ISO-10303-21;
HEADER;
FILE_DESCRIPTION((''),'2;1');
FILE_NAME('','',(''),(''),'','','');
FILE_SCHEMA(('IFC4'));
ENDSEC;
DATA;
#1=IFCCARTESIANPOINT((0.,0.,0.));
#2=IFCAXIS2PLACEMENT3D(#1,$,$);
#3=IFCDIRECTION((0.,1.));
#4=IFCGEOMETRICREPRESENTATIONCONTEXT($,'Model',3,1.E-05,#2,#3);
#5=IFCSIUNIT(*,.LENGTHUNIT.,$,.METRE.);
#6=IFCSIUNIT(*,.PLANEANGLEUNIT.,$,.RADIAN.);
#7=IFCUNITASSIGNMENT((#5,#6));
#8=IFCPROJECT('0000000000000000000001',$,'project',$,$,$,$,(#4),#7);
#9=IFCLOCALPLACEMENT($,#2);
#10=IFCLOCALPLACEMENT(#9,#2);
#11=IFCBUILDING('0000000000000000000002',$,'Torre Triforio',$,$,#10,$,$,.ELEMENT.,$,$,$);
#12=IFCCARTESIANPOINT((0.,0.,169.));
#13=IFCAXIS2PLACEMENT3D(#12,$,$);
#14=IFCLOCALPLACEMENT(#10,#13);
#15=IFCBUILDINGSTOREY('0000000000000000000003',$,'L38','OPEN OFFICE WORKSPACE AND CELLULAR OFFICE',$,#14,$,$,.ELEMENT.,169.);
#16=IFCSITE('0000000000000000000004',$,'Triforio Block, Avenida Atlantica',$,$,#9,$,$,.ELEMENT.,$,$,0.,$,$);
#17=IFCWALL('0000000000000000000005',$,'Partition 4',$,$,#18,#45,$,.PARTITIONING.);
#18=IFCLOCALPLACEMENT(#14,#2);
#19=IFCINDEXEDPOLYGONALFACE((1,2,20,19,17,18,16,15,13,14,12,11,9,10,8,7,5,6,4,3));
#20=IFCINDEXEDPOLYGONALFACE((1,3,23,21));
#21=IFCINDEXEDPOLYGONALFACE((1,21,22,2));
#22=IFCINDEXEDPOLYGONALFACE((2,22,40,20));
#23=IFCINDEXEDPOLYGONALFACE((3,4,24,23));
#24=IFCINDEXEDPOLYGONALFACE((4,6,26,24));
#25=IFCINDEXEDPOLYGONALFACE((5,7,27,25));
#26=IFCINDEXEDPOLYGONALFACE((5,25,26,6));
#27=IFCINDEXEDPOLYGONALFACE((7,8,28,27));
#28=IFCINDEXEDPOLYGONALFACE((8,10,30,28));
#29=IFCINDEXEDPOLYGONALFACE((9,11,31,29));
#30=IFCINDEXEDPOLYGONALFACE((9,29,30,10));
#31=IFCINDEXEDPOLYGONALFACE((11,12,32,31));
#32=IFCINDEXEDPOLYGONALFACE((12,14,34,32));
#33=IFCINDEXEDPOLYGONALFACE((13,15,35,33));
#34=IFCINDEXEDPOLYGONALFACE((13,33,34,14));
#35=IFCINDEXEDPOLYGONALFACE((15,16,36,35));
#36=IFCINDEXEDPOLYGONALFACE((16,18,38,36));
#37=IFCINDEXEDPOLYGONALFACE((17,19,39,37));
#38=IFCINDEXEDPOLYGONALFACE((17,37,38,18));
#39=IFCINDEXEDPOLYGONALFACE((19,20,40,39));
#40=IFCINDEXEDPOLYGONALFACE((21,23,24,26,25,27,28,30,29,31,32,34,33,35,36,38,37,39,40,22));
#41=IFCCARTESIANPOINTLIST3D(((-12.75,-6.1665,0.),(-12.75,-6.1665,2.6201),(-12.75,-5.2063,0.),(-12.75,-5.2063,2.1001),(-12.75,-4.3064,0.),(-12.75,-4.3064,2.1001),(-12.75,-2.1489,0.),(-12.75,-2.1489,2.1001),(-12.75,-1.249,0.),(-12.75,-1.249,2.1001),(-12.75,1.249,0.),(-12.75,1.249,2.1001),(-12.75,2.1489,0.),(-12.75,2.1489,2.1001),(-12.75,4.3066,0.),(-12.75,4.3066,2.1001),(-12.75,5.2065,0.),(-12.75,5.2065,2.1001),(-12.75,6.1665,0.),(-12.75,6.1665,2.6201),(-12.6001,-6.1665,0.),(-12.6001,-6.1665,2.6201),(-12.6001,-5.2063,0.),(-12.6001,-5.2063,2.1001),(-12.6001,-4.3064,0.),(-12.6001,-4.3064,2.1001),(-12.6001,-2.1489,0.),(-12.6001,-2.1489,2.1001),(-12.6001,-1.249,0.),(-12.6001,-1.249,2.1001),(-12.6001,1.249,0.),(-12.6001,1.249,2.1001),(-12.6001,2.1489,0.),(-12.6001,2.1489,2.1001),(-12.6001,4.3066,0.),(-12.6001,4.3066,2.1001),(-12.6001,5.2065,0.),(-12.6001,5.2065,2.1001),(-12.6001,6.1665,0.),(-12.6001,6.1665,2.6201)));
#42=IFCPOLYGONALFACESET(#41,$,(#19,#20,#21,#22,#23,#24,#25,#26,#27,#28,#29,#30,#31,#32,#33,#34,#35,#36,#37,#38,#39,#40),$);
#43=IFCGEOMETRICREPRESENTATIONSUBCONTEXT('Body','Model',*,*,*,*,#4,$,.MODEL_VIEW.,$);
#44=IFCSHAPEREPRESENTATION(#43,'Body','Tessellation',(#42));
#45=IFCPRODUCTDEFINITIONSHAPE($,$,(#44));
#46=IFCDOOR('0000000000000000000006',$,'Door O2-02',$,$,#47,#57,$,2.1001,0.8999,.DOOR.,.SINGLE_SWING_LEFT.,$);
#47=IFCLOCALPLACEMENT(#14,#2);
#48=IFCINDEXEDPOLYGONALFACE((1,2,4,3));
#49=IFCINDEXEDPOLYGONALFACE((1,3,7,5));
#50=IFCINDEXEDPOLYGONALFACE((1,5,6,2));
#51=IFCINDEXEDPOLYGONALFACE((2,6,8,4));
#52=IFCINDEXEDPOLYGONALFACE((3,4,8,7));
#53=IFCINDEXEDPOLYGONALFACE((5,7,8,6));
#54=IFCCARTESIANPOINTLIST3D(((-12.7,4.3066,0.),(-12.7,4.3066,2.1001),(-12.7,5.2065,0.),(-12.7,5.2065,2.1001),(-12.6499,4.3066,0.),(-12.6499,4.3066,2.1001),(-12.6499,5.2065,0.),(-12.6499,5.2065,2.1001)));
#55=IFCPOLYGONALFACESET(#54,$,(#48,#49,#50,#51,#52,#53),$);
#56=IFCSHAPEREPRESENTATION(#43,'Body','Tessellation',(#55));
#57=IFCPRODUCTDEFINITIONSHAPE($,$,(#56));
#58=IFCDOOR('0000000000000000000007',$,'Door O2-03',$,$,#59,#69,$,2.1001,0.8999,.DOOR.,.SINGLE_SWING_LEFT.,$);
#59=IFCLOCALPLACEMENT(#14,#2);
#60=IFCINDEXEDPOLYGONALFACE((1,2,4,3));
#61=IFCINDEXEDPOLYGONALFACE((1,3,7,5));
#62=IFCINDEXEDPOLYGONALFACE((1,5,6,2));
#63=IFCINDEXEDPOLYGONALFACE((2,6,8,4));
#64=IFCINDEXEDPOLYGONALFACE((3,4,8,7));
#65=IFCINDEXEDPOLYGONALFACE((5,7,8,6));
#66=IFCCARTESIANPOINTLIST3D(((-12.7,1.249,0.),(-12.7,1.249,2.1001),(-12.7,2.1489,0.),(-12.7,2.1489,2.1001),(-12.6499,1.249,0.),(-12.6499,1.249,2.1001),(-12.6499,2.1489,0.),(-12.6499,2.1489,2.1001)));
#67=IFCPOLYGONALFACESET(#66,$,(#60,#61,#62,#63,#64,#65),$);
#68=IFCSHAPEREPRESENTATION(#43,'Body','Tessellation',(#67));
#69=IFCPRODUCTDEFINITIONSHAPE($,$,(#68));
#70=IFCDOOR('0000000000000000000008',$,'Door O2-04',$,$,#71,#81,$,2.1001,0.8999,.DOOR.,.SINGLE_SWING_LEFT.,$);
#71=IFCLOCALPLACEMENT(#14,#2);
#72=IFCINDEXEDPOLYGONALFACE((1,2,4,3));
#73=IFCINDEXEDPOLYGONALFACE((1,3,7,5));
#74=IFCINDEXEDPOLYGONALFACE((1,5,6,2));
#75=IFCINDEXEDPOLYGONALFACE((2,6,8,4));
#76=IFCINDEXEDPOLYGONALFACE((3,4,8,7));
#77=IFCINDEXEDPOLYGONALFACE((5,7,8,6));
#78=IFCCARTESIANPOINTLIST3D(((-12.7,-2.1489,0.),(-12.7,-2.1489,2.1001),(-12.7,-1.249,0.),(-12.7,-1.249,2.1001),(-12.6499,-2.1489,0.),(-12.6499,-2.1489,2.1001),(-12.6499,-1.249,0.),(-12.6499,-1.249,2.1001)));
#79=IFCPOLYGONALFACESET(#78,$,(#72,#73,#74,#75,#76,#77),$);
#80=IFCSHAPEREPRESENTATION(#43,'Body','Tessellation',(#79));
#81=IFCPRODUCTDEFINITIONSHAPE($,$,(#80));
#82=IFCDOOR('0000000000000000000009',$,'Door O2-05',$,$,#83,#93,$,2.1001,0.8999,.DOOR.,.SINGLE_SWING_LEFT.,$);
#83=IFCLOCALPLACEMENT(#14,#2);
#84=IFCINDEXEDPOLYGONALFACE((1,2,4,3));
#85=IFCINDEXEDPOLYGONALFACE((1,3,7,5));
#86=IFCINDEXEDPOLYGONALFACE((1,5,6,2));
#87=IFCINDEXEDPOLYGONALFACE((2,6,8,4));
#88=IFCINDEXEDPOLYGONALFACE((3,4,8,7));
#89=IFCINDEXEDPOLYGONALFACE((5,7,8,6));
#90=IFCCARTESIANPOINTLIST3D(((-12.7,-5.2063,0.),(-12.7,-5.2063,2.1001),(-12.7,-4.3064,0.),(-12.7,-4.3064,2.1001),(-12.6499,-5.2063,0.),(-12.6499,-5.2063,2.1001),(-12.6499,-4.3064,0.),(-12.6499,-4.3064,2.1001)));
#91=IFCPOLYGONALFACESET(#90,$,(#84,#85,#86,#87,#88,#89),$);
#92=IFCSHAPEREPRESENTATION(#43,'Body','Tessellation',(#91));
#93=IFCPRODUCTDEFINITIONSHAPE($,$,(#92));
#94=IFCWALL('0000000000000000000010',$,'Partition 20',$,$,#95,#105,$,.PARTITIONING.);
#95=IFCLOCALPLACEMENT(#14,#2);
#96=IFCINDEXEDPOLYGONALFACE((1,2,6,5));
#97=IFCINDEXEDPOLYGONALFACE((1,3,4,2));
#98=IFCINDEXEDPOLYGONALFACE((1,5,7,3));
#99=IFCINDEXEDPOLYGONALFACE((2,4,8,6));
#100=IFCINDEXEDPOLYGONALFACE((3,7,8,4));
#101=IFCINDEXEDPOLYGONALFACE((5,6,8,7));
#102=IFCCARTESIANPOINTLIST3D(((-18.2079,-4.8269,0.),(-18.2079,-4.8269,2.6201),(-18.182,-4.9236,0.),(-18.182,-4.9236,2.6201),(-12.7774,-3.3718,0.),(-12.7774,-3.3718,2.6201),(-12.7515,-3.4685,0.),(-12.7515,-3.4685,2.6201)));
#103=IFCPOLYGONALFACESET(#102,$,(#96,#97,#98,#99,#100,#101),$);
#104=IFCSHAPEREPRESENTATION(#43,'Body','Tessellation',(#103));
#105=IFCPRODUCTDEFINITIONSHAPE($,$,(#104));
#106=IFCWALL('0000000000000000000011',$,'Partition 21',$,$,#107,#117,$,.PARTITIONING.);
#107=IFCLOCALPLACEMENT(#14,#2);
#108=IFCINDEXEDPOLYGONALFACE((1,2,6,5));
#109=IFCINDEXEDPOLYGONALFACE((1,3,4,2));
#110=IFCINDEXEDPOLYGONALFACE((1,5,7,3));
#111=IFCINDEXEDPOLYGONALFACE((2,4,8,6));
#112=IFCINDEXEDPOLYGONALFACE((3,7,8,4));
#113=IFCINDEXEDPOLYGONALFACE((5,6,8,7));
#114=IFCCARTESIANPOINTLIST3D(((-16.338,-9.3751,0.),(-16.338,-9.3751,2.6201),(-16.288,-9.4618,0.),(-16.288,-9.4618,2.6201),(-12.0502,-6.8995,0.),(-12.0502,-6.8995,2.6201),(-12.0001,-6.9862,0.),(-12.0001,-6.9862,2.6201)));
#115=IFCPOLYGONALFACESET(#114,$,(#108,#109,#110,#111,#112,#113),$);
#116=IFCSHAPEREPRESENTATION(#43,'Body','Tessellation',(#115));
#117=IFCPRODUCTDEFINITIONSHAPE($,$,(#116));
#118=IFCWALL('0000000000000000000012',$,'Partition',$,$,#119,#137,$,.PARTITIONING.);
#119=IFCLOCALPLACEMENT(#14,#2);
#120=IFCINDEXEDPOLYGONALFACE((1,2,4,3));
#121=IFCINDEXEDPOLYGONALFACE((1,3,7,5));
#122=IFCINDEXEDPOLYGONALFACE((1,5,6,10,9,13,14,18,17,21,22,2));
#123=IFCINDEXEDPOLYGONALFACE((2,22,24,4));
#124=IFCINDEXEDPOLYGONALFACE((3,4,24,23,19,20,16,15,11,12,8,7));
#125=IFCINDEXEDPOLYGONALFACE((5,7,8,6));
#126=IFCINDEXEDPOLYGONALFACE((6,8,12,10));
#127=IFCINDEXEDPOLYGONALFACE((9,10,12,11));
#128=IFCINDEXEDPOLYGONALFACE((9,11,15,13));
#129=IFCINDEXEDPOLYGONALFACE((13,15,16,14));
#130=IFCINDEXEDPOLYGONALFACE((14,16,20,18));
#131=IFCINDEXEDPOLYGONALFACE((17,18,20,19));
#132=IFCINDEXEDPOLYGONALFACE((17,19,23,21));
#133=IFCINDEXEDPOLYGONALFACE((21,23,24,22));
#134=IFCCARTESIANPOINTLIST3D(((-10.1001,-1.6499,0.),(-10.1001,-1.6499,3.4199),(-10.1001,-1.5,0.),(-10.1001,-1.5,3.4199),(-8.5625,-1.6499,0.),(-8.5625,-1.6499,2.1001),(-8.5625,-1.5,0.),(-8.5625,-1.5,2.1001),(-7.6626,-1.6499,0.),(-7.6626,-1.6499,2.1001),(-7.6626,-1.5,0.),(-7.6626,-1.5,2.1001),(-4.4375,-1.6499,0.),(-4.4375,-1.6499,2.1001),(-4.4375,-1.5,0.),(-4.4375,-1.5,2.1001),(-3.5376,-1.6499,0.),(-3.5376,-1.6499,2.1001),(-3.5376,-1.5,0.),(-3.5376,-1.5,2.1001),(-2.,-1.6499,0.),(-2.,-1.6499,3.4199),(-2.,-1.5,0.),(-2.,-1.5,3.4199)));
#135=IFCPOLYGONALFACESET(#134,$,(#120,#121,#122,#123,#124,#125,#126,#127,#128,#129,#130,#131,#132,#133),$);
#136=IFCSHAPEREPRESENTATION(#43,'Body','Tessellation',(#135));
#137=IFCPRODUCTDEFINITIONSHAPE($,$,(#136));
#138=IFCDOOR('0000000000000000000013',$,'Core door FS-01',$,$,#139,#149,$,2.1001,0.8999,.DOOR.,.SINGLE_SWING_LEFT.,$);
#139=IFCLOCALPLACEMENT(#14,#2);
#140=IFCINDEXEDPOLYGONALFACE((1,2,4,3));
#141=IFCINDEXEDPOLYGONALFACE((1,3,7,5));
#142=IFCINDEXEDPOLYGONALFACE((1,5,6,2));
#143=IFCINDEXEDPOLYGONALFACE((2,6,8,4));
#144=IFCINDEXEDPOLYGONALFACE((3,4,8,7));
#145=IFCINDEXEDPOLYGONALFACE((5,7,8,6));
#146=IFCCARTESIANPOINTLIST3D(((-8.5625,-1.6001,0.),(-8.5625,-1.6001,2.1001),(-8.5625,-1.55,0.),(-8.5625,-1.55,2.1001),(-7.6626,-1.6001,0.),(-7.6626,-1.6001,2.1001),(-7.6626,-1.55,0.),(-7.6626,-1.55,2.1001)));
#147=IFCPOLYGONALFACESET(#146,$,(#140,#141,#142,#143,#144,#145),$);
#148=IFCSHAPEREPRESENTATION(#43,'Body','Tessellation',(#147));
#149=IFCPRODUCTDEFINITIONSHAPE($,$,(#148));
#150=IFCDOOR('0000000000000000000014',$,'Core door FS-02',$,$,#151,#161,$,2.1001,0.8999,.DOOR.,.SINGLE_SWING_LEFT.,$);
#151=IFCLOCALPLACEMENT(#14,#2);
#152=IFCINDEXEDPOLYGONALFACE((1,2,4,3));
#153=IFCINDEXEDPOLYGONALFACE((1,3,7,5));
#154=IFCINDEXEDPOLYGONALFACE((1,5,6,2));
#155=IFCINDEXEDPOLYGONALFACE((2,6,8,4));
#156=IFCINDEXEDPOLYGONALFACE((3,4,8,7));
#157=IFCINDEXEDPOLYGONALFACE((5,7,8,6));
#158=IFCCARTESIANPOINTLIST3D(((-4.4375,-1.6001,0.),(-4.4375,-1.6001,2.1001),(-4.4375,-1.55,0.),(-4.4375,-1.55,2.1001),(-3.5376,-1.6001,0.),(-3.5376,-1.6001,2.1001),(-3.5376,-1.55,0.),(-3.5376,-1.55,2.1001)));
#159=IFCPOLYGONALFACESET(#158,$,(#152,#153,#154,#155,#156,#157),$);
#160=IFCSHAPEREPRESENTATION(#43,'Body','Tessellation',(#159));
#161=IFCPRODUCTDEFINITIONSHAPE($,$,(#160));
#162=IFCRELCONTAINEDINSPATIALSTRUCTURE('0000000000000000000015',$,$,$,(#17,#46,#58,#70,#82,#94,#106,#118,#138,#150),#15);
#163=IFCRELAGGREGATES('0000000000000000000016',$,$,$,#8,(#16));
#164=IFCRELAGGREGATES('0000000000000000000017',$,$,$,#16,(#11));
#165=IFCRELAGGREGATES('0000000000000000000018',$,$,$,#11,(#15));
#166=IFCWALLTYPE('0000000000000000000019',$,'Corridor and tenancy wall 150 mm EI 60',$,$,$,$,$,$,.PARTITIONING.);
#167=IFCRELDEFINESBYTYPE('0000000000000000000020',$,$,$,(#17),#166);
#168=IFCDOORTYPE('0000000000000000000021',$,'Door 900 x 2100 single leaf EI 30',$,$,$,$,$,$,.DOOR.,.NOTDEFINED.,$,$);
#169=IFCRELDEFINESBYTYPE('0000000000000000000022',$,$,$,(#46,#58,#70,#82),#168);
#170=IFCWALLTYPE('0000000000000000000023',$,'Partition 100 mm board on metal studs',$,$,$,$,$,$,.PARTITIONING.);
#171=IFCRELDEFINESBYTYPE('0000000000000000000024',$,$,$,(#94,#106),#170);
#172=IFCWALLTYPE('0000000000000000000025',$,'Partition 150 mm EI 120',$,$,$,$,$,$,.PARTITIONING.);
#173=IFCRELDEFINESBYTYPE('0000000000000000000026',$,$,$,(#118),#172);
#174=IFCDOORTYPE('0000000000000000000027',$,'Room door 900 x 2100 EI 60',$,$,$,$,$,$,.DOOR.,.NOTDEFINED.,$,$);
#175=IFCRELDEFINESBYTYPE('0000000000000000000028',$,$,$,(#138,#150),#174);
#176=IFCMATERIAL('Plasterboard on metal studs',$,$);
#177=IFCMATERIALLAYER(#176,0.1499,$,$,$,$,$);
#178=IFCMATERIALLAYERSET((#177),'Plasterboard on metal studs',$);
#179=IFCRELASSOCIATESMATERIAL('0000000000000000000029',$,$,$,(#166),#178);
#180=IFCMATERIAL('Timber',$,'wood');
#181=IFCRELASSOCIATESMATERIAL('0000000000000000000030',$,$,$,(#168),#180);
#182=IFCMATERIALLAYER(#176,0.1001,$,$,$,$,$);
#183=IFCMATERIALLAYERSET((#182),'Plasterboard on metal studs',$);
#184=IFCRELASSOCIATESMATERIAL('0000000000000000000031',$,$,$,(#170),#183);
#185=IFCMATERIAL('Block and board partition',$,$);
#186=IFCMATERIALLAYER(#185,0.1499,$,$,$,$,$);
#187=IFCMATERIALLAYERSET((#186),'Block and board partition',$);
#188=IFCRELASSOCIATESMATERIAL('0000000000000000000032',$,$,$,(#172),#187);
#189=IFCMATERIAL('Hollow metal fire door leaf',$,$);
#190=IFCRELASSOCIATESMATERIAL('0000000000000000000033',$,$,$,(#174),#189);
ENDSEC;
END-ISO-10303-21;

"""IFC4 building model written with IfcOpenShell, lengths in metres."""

from ifc_helpers import new_model, si_unit, direction, frame, frame_2d, origin, place, context, subcontext, project, spatial, rectangle, extrude, material, layer, layer_set, type_object, element, fill, save


model = new_model("IFC4")

# Units and contexts
model_context = context("Model", 3, precision=1e-05, world=origin(), true_north=direction((0.0, 1.0)))
body_context = subcontext(model_context, "Body", "Model", "MODEL_VIEW")
ifc_project = project(units=[si_unit("LENGTHUNIT", "METRE"), si_unit("PLANEANGLEUNIT", "RADIAN")], contexts=[model_context])

# Site, building, storey
site_placement = place(None, origin())
site = spatial("IfcSite", under=ifc_project, at=site_placement, Name="Triforio Block, Avenida Atlantica", CompositionType="ELEMENT", RefElevation=0.0)
building_placement = place(site_placement, origin())
building = spatial("IfcBuilding", under=site, at=building_placement, Name="Torre Triforio", CompositionType="ELEMENT")
storey_placement = place(building_placement, frame((0.0, 0.0, 169.0)))
storey = spatial("IfcBuildingStorey", under=building, at=storey_placement, Name="L38", Description="OPEN OFFICE WORKSPACE AND CELLULAR OFFICE", CompositionType="ELEMENT", Elevation=169.0)

# Shared definitions
ifc_material_1 = material(Name="Hollow metal fire door leaf")

# Wall, openings, doors
ifc_material_2 = material(Name="Plasterboard on metal studs")
ifc_layer_1 = layer(ifc_material_2, 0.1499)
ifc_layer_set_1 = layer_set([ifc_layer_1], Name="Plasterboard on metal studs")
wall_type_1 = type_object("IfcWallType", Name="Corridor and tenancy wall 150 mm EI 60", PredefinedType="PARTITIONING", material=ifc_layer_set_1)
wall_1_placement = place(storey_placement, frame((-12.675, -6.1665, 0.0), z_axis=(0.0, 0.0, 1.0), x_axis=(0.0, 1.0, 0.0)))
wall_1 = element("IfcWall", 1, at=wall_1_placement, inside=storey, type_object=wall_type_1, Name="Partition 4", PredefinedType="PARTITIONING", context=body_context, shape_type="SweptSolid", body=[
    extrude(rectangle(XDim=12.333, YDim=0.1499, at=frame_2d((6.1665, 0.0))), origin(), (0.0, 0.0, 1.0), 2.6201),
])
opening_1_placement = place(wall_1_placement, frame((10.4731, 0.0, 0.0)))
opening_1 = element("IfcOpeningElement", 2, at=opening_1_placement, cuts=wall_1, PredefinedType="OPENING", context=body_context, shape_type="SweptSolid", body=[
    extrude(rectangle(XDim=0.8999, YDim=2.1001, at=frame_2d((0.45, 1.05))), frame((0.0, 0.085, 0.0), z_axis=(0.0, -1.0, 0.0), x_axis=(1.0, 0.0, 0.0)), (0.0, 0.0, 1.0), 0.1699),
])
opening_2_placement = place(wall_1_placement, frame((7.4155, 0.0, 0.0)))
opening_2 = element("IfcOpeningElement", 3, at=opening_2_placement, cuts=wall_1, PredefinedType="OPENING", context=body_context, shape_type="SweptSolid", body=[
    extrude(rectangle(XDim=0.8999, YDim=2.1001, at=frame_2d((0.45, 1.05))), frame((0.0, 0.085, 0.0), z_axis=(0.0, -1.0, 0.0), x_axis=(1.0, 0.0, 0.0)), (0.0, 0.0, 1.0), 0.1699),
])
opening_3_placement = place(wall_1_placement, frame((4.0176, 0.0, 0.0)))
opening_3 = element("IfcOpeningElement", 4, at=opening_3_placement, cuts=wall_1, PredefinedType="OPENING", context=body_context, shape_type="SweptSolid", body=[
    extrude(rectangle(XDim=0.8999, YDim=2.1001, at=frame_2d((0.45, 1.05))), frame((0.0, 0.085, 0.0), z_axis=(0.0, -1.0, 0.0), x_axis=(1.0, 0.0, 0.0)), (0.0, 0.0, 1.0), 0.1699),
])
opening_4_placement = place(wall_1_placement, frame((0.9602, 0.0, 0.0)))
opening_4 = element("IfcOpeningElement", 5, at=opening_4_placement, cuts=wall_1, PredefinedType="OPENING", context=body_context, shape_type="SweptSolid", body=[
    extrude(rectangle(XDim=0.8999, YDim=2.1001, at=frame_2d((0.45, 1.05))), frame((0.0, 0.085, 0.0), z_axis=(0.0, -1.0, 0.0), x_axis=(1.0, 0.0, 0.0)), (0.0, 0.0, 1.0), 0.1699),
])
ifc_material_3 = material(Name="Timber", Category="wood")
door_type_1 = type_object("IfcDoorType", Name="Door 900 x 2100 single leaf EI 30", OperationType="NOTDEFINED", PredefinedType="DOOR", material=ifc_material_3)
door_1_placement = place(opening_1_placement, origin())
door_1 = element("IfcDoor", 6, at=door_1_placement, inside=storey, type_object=door_type_1, Name="Door O2-02", OperationType="SINGLE_SWING_LEFT", OverallHeight=2.1001, OverallWidth=0.8999, PredefinedType="DOOR", context=body_context, shape_type="SweptSolid", body=[
    extrude(rectangle(XDim=0.8999, YDim=2.1001, at=frame_2d((0.45, 1.05))), frame((0.0, 0.0249, 0.0), z_axis=(0.0, -1.0, 0.0), x_axis=(1.0, 0.0, 0.0)), (0.0, 0.0, 1.0), 0.05),
])
fill(opening_1, door_1)
door_2_placement = place(opening_2_placement, origin())
door_2 = element("IfcDoor", 7, at=door_2_placement, inside=storey, type_object=door_type_1, Name="Door O2-03", OperationType="SINGLE_SWING_LEFT", OverallHeight=2.1001, OverallWidth=0.8999, PredefinedType="DOOR", context=body_context, shape_type="SweptSolid", body=[
    extrude(rectangle(XDim=0.8999, YDim=2.1001, at=frame_2d((0.45, 1.05))), frame((0.0, 0.0249, 0.0), z_axis=(0.0, -1.0, 0.0), x_axis=(1.0, 0.0, 0.0)), (0.0, 0.0, 1.0), 0.05),
])
fill(opening_2, door_2)
door_3_placement = place(opening_3_placement, origin())
door_3 = element("IfcDoor", 8, at=door_3_placement, inside=storey, type_object=door_type_1, Name="Door O2-04", OperationType="SINGLE_SWING_LEFT", OverallHeight=2.1001, OverallWidth=0.8999, PredefinedType="DOOR", context=body_context, shape_type="SweptSolid", body=[
    extrude(rectangle(XDim=0.8999, YDim=2.1001, at=frame_2d((0.45, 1.05))), frame((0.0, 0.0249, 0.0), z_axis=(0.0, -1.0, 0.0), x_axis=(1.0, 0.0, 0.0)), (0.0, 0.0, 1.0), 0.05),
])
fill(opening_3, door_3)
door_4_placement = place(opening_4_placement, origin())
door_4 = element("IfcDoor", 9, at=door_4_placement, inside=storey, type_object=door_type_1, Name="Door O2-05", OperationType="SINGLE_SWING_LEFT", OverallHeight=2.1001, OverallWidth=0.8999, PredefinedType="DOOR", context=body_context, shape_type="SweptSolid", body=[
    extrude(rectangle(XDim=0.8999, YDim=2.1001, at=frame_2d((0.45, 1.05))), frame((0.0, 0.0249, 0.0), z_axis=(0.0, -1.0, 0.0), x_axis=(1.0, 0.0, 0.0)), (0.0, 0.0, 1.0), 0.05),
])
fill(opening_4, door_4)

# Walls
ifc_layer_2 = layer(ifc_material_2, 0.1001)
ifc_layer_set_2 = layer_set([ifc_layer_2], Name="Plasterboard on metal studs")
wall_type_2 = type_object("IfcWallType", Name="Partition 100 mm board on metal studs", PredefinedType="PARTITIONING", material=ifc_layer_set_2)
wall_2_placement = place(storey_placement, frame((-12.7644, -3.4202, 0.0), z_axis=(0.0, 0.0, 1.0), x_axis=(-0.965926, -0.258819, 0.0)))
element("IfcWall", 10, at=wall_2_placement, inside=storey, type_object=wall_type_2, Name="Partition 20", PredefinedType="PARTITIONING", context=body_context, shape_type="SweptSolid", body=[
    extrude(rectangle(XDim=5.6221, YDim=0.1001, at=frame_2d((2.811, 0.0))), origin(), (0.0, 0.0, 1.0), 2.6201),
])
wall_3_placement = place(storey_placement, frame((-12.0251, -6.9429, 0.0), z_axis=(0.0, 0.0, 1.0), x_axis=(-0.866025, -0.5, 0.0)))
element("IfcWall", 11, at=wall_3_placement, inside=storey, type_object=wall_type_2, Name="Partition 21", PredefinedType="PARTITIONING", context=body_context, shape_type="SweptSolid", body=[
    extrude(rectangle(XDim=4.9512, YDim=0.1001, at=frame_2d((2.4756, 0.0))), origin(), (0.0, 0.0, 1.0), 2.6201),
])

# Wall, openings, doors
ifc_material_4 = material(Name="Block and board partition")
ifc_layer_3 = layer(ifc_material_4, 0.1499)
ifc_layer_set_3 = layer_set([ifc_layer_3], Name="Block and board partition")
wall_type_3 = type_object("IfcWallType", Name="Partition 150 mm EI 120", PredefinedType="PARTITIONING", material=ifc_layer_set_3)
wall_4_placement = place(storey_placement, frame((-10.1001, -1.575, 0.0), z_axis=(0.0, 0.0, 1.0), x_axis=(1.0, 0.0, 0.0)))
wall_4 = element("IfcWall", 12, at=wall_4_placement, inside=storey, type_object=wall_type_3, Name="Partition", PredefinedType="PARTITIONING", context=body_context, shape_type="SweptSolid", body=[
    extrude(rectangle(XDim=8.1001, YDim=0.1499, at=frame_2d((4.05, 0.0))), origin(), (0.0, 0.0, 1.0), 3.4199),
])
opening_5_placement = place(wall_4_placement, frame((1.5376, 0.0, 0.0)))
opening_5 = element("IfcOpeningElement", 13, at=opening_5_placement, cuts=wall_4, PredefinedType="OPENING", context=body_context, shape_type="SweptSolid", body=[
    extrude(rectangle(XDim=0.8999, YDim=2.1001, at=frame_2d((0.45, 1.05))), frame((0.0, 0.085, 0.0), z_axis=(0.0, -1.0, 0.0), x_axis=(1.0, 0.0, 0.0)), (0.0, 0.0, 1.0), 0.1699),
])
opening_6_placement = place(wall_4_placement, frame((5.6626, 0.0, 0.0)))
opening_6 = element("IfcOpeningElement", 14, at=opening_6_placement, cuts=wall_4, PredefinedType="OPENING", context=body_context, shape_type="SweptSolid", body=[
    extrude(rectangle(XDim=0.8999, YDim=2.1001, at=frame_2d((0.45, 1.05))), frame((0.0, 0.085, 0.0), z_axis=(0.0, -1.0, 0.0), x_axis=(1.0, 0.0, 0.0)), (0.0, 0.0, 1.0), 0.1699),
])
door_type_2 = type_object("IfcDoorType", Name="Room door 900 x 2100 EI 60", OperationType="NOTDEFINED", PredefinedType="DOOR", material=ifc_material_1)
door_5_placement = place(opening_5_placement, origin())
door_5 = element("IfcDoor", 15, at=door_5_placement, inside=storey, type_object=door_type_2, Name="Core door FS-01", OperationType="SINGLE_SWING_LEFT", OverallHeight=2.1001, OverallWidth=0.8999, PredefinedType="DOOR", context=body_context, shape_type="SweptSolid", body=[
    extrude(rectangle(XDim=0.8999, YDim=2.1001, at=frame_2d((0.45, 1.05))), frame((0.0, 0.0249, 0.0), z_axis=(0.0, -1.0, 0.0), x_axis=(1.0, 0.0, 0.0)), (0.0, 0.0, 1.0), 0.05),
])
fill(opening_5, door_5)
door_6_placement = place(opening_6_placement, origin())
door_6 = element("IfcDoor", 16, at=door_6_placement, inside=storey, type_object=door_type_2, Name="Core door FS-02", OperationType="SINGLE_SWING_LEFT", OverallHeight=2.1001, OverallWidth=0.8999, PredefinedType="DOOR", context=body_context, shape_type="SweptSolid", body=[
    extrude(rectangle(XDim=0.8999, YDim=2.1001, at=frame_2d((0.45, 1.05))), frame((0.0, 0.0249, 0.0), z_axis=(0.0, -1.0, 0.0), x_axis=(1.0, 0.0, 0.0)), (0.0, 0.0, 1.0), 0.05),
])
fill(opening_6, door_6)

save(model, "model.ifc")
